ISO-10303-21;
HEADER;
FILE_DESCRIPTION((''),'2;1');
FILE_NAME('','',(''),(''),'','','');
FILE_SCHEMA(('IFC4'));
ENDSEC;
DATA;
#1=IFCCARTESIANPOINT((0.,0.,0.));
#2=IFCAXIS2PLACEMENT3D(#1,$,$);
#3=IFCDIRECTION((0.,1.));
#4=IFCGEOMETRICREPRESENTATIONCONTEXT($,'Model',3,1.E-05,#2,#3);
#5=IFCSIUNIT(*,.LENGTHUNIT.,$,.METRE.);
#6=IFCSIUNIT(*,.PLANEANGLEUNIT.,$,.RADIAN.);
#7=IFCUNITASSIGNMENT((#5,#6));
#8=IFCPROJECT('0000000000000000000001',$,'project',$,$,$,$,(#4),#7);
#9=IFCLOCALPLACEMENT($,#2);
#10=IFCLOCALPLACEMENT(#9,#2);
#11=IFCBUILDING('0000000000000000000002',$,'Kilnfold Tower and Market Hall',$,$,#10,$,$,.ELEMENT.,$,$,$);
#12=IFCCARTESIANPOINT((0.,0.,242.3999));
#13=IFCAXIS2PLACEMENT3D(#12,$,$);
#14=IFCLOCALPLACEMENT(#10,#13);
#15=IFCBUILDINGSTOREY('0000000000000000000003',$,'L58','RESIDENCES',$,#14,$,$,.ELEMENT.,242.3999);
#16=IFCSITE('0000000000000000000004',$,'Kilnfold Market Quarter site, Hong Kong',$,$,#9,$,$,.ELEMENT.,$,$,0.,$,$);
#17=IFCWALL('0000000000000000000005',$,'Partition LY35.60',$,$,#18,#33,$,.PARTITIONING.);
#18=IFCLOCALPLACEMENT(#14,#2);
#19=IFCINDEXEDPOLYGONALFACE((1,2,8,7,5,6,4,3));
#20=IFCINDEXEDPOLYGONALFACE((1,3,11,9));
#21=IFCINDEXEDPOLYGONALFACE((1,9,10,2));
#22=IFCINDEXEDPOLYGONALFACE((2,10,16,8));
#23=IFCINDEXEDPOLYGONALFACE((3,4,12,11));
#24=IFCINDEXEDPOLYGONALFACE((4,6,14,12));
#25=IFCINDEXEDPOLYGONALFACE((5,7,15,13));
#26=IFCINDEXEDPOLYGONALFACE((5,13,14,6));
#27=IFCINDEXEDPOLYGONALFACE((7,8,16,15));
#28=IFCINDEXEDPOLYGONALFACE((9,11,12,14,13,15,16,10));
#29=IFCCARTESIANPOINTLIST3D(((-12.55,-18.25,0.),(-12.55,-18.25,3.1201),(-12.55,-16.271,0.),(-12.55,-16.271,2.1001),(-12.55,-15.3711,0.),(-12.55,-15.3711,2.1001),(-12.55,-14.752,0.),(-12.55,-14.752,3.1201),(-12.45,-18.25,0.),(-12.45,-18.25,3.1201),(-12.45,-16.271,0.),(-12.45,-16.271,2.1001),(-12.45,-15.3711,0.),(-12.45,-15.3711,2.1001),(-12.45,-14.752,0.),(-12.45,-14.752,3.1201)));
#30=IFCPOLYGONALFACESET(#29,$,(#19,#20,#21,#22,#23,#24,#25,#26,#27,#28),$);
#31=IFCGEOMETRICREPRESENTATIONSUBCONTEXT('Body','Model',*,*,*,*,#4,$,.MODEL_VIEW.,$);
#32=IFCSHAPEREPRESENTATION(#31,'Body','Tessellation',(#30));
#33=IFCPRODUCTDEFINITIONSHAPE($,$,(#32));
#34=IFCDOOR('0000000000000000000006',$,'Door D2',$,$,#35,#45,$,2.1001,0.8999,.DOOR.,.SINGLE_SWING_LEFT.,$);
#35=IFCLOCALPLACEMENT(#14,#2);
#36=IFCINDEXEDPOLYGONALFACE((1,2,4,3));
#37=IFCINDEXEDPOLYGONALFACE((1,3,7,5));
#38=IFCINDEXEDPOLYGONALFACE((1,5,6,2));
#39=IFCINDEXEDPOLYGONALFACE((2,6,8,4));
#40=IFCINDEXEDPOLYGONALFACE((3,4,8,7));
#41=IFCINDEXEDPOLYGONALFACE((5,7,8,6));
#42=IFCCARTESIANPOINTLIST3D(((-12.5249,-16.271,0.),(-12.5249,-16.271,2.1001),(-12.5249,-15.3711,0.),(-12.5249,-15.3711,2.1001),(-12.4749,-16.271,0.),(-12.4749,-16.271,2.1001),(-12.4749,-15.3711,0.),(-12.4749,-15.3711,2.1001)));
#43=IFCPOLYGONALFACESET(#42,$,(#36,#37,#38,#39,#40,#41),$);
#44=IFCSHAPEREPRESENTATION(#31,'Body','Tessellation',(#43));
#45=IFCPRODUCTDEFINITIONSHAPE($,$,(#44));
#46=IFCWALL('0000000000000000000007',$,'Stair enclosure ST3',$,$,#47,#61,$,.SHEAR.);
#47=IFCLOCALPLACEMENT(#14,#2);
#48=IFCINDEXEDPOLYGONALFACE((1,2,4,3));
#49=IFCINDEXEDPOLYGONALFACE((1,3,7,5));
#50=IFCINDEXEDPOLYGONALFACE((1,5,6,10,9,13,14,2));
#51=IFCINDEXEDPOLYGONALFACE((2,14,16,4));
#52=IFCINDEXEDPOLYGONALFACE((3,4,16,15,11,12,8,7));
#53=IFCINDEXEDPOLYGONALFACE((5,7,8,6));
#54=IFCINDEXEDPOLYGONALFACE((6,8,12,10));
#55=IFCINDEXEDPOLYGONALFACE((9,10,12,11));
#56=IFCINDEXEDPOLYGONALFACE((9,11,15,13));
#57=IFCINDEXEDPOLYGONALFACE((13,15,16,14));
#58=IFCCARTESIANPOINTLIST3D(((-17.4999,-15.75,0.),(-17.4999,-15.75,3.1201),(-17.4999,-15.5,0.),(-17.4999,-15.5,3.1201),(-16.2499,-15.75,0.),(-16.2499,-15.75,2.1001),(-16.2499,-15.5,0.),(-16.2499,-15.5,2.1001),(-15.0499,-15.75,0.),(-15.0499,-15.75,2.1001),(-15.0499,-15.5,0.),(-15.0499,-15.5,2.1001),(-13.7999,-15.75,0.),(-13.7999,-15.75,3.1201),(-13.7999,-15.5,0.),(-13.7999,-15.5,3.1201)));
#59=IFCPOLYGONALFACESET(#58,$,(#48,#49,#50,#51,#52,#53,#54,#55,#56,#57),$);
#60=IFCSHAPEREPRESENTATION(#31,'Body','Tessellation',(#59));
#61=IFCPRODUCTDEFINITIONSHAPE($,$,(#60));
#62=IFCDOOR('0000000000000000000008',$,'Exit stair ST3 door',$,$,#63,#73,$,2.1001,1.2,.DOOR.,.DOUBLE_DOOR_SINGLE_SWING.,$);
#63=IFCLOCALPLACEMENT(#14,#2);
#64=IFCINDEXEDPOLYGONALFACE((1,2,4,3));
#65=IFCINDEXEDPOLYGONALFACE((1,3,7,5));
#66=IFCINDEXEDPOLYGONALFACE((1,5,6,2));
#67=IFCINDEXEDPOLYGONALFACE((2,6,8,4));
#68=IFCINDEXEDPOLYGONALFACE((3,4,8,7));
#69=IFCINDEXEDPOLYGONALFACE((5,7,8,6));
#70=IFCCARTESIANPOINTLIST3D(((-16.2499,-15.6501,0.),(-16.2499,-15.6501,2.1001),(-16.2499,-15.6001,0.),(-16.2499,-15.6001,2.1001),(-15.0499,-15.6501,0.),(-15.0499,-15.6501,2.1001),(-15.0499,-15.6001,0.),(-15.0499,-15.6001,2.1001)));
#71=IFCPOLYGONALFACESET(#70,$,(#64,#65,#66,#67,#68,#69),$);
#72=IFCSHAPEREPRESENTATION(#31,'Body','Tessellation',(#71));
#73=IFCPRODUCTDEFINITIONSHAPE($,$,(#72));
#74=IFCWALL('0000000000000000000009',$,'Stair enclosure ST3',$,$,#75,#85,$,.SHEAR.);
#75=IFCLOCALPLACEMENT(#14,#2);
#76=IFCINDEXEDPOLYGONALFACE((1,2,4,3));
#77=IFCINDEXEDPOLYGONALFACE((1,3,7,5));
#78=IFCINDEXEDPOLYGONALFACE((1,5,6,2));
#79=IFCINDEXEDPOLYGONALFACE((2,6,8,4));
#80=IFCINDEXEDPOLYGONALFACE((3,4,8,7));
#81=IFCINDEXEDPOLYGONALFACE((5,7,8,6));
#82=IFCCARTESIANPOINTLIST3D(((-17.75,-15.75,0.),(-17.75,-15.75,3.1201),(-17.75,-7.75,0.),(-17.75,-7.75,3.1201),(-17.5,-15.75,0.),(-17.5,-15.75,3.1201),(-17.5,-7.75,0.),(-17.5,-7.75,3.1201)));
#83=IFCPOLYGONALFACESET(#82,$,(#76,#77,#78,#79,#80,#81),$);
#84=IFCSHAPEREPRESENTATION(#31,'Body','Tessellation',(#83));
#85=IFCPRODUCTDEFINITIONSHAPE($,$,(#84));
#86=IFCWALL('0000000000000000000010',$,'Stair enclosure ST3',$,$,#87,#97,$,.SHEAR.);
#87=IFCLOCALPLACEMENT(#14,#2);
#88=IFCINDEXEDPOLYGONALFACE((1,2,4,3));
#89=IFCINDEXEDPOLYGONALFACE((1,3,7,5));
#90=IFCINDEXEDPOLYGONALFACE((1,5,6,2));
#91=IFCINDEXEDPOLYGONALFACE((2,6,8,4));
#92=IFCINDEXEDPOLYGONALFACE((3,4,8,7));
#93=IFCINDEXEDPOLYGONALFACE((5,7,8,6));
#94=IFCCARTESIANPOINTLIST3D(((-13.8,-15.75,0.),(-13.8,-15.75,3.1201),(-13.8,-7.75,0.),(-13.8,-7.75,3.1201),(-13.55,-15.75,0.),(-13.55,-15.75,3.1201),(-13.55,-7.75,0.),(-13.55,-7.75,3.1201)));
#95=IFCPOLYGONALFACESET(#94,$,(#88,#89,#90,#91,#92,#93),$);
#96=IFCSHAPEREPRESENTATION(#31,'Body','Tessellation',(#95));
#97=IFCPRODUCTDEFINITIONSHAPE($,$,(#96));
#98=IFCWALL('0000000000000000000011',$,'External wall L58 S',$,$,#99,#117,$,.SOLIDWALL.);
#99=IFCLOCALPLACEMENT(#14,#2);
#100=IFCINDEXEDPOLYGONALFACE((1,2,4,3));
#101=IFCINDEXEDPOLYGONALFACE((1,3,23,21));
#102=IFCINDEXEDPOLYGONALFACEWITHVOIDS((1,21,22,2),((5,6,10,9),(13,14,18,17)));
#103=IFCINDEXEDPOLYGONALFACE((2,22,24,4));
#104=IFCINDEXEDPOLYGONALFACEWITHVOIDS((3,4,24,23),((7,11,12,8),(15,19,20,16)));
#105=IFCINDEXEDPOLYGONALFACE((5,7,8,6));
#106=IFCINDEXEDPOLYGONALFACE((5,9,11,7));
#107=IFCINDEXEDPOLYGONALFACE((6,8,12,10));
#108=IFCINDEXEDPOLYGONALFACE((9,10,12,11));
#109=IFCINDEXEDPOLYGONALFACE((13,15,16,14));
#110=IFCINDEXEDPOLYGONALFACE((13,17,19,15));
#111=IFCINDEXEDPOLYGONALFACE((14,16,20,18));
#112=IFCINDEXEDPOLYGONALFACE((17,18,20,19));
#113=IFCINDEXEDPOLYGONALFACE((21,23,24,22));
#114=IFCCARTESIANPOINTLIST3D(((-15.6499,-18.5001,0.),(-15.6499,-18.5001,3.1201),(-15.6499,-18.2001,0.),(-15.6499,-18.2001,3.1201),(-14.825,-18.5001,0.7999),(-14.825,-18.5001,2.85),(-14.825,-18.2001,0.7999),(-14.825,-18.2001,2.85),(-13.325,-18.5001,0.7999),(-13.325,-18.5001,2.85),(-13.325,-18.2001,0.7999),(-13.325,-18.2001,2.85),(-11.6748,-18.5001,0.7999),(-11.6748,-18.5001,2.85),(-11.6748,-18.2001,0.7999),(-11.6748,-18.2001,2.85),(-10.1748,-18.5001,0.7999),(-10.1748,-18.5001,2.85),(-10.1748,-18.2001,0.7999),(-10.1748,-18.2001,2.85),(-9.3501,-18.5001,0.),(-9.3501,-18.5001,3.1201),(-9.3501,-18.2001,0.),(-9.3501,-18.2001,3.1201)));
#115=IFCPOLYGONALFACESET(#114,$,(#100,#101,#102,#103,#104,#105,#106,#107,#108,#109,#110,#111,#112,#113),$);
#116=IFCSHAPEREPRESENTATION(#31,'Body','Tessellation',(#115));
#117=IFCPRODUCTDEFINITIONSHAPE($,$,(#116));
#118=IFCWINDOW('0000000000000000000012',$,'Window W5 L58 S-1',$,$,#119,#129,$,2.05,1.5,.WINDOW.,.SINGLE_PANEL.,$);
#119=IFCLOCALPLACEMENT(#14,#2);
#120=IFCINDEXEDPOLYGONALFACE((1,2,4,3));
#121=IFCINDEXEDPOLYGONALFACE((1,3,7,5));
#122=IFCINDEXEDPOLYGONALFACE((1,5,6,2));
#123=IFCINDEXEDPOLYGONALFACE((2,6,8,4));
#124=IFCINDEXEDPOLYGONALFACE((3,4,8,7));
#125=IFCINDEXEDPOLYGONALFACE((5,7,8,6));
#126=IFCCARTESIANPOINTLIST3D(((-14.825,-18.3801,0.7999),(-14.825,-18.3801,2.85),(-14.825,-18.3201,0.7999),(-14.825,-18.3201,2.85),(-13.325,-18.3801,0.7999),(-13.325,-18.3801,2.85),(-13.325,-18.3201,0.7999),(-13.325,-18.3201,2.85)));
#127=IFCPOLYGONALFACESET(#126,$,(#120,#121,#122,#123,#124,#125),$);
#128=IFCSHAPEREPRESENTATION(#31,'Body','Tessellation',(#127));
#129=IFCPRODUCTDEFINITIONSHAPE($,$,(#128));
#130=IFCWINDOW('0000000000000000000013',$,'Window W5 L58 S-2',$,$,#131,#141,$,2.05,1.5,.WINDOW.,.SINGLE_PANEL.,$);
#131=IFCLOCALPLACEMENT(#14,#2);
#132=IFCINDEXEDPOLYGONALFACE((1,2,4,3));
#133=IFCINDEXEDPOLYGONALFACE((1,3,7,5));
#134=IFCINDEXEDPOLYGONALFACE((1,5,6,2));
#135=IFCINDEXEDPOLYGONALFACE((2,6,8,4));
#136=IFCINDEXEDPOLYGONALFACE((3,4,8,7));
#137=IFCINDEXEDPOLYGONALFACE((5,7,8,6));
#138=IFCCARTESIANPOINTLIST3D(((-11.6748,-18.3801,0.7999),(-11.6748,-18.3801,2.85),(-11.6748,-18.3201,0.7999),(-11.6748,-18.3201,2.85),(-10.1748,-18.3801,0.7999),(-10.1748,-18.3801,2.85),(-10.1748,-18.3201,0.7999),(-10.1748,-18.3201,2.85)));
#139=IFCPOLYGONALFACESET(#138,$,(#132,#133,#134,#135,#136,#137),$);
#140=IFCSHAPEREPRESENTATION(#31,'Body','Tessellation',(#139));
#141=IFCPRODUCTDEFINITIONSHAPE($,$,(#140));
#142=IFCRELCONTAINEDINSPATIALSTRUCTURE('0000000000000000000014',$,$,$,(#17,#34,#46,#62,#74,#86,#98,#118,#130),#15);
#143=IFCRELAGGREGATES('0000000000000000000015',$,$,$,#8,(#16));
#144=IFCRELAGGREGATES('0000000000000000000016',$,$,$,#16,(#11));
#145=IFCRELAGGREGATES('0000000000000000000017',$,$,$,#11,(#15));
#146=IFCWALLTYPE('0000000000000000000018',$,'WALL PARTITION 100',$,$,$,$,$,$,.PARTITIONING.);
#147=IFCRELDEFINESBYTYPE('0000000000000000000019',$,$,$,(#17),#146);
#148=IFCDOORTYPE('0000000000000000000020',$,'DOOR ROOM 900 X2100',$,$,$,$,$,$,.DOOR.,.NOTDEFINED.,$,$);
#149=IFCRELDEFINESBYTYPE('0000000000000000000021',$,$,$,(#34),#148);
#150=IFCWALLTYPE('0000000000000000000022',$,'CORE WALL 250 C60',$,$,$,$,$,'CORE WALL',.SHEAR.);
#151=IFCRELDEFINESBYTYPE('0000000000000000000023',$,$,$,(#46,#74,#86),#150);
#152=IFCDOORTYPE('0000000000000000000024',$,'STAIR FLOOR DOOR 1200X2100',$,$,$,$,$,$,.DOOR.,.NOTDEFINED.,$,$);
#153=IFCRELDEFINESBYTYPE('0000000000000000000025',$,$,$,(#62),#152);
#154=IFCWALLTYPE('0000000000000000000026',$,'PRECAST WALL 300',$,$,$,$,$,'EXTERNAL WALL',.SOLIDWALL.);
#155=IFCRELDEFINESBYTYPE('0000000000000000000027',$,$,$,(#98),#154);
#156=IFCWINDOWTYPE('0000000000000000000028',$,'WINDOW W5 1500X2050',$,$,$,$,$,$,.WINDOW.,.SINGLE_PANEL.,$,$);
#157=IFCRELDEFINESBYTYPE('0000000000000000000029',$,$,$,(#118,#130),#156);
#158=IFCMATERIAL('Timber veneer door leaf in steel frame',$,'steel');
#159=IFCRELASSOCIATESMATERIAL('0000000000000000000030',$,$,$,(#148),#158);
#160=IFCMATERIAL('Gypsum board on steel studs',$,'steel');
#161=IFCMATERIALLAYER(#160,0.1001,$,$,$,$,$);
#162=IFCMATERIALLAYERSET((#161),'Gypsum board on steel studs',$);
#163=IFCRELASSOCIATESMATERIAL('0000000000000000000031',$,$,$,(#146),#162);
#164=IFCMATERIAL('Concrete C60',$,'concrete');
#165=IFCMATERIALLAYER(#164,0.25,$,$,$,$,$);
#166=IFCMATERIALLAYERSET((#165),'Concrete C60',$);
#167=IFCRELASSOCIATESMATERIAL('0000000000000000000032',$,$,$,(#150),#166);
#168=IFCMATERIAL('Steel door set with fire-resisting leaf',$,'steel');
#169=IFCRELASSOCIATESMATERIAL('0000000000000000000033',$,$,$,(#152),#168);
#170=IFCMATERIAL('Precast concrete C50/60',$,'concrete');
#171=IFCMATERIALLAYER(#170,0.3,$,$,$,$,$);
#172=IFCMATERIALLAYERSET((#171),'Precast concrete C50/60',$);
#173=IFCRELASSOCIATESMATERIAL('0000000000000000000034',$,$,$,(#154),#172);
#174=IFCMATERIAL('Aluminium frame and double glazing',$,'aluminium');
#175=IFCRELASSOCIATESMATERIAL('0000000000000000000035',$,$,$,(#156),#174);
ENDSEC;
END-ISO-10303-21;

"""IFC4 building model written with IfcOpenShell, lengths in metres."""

from ifc_helpers import new_model, si_unit, direction, frame, frame_2d, origin, place, context, subcontext, project, spatial, rectangle, extrude, source, transform, mapped, material, layer, layer_set, type_object, element, fill, save


model = new_model("IFC4")

# Units and contexts
model_context = context("Model", 3, precision=1e-05, world=origin(), true_north=direction((0.0, 1.0)))
body_context = subcontext(model_context, "Body", "Model", "MODEL_VIEW")
ifc_project = project(units=[si_unit("LENGTHUNIT", "METRE"), si_unit("PLANEANGLEUNIT", "RADIAN")], contexts=[model_context])

# Site, building, storey
site_placement = place(None, origin())
site = spatial("IfcSite", under=ifc_project, at=site_placement, Name="Kilnfold Market Quarter site, Hong Kong", CompositionType="ELEMENT", RefElevation=0.0)
building_placement = place(site_placement, origin())
building = spatial("IfcBuilding", under=site, at=building_placement, Name="Kilnfold Tower and Market Hall", CompositionType="ELEMENT")
storey_placement = place(building_placement, frame((0.0, 0.0, 242.3999)))
storey = spatial("IfcBuildingStorey", under=building, at=storey_placement, Name="L58", Description="RESIDENCES", CompositionType="ELEMENT", Elevation=242.3999)

# Shared definitions
ifc_material_1 = material(Name="Timber veneer door leaf in steel frame", Category="steel")
door_type_1 = type_object("IfcDoorType", Name="DOOR ROOM 900 X2100", OperationType="NOTDEFINED", PredefinedType="DOOR", material=ifc_material_1)

# Shared definitions
ifc_material_2 = material(Name="Gypsum board on steel studs", Category="steel")
ifc_layer_1 = layer(ifc_material_2, 0.1001)
ifc_layer_set_1 = layer_set([ifc_layer_1], Name="Gypsum board on steel studs")
wall_type_1 = type_object("IfcWallType", Name="WALL PARTITION 100", PredefinedType="PARTITIONING", material=ifc_layer_set_1)

# Walls, openings, doors
wall_1_placement = place(storey_placement, frame((-12.5, -18.25, 0.0), z_axis=(0.0, 0.0, 1.0), x_axis=(0.0, 1.0, 0.0)))
wall_1 = element("IfcWall", 1, at=wall_1_placement, inside=storey, type_object=wall_type_1, Name="Partition LY35.60", PredefinedType="PARTITIONING", context=body_context, shape_type="SweptSolid", body=[
    extrude(rectangle(XDim=3.498, YDim=0.1001, at=frame_2d((1.749, 0.0))), origin(), (0.0, 0.0, 1.0), 3.1201),
])
opening_1_placement = place(wall_1_placement, frame((1.979, 0.0, 0.0)))
opening_1 = element("IfcOpeningElement", 2, at=opening_1_placement, cuts=wall_1, PredefinedType="OPENING", context=body_context, shape_type="SweptSolid", body=[
    extrude(rectangle(XDim=0.8999, YDim=2.1001, at=frame_2d((0.45, 1.05))), frame((0.0, 0.0601, 0.0), z_axis=(0.0, -1.0, 0.0), x_axis=(1.0, 0.0, 0.0)), (0.0, 0.0, 1.0), 0.1201),
])
door_1_placement = place(opening_1_placement, origin())
door_1 = element("IfcDoor", 3, at=door_1_placement, inside=storey, type_object=door_type_1, Name="Door D2", OperationType="SINGLE_SWING_LEFT", OverallHeight=2.1001, OverallWidth=0.8999, PredefinedType="DOOR", context=body_context, shape_type="SweptSolid", body=[
    extrude(rectangle(XDim=0.8999, YDim=2.1001, at=frame_2d((0.45, 1.05))), frame((0.0, 0.0249, 0.0), z_axis=(0.0, -1.0, 0.0), x_axis=(1.0, 0.0, 0.0)), (0.0, 0.0, 1.0), 0.05),
])
fill(opening_1, door_1)
ifc_material_3 = material(Name="Concrete C60", Category="concrete")
ifc_layer_2 = layer(ifc_material_3, 0.25)
ifc_layer_set_2 = layer_set([ifc_layer_2], Name="Concrete C60")
wall_type_2 = type_object("IfcWallType", Name="CORE WALL 250 C60", ElementType="CORE WALL", PredefinedType="SHEAR", material=ifc_layer_set_2)
shared_shape_1 = source(origin(), body_context, "Body", "SweptSolid", [
    extrude(rectangle(XDim=3.7, YDim=0.25, at=frame_2d((1.8501, 0.0))), origin(), (0.0, 0.0, 1.0), 3.1201),
])
wall_2_placement = place(storey_placement, frame((-17.5, -15.625, 0.0), z_axis=(0.0, 0.0, 1.0), x_axis=(1.0, 0.0, 0.0)))
wall_2 = element("IfcWall", 4, at=wall_2_placement, inside=storey, type_object=wall_type_2, Name="Stair enclosure ST3", PredefinedType="SHEAR", context=body_context, shape_type="MappedRepresentation", body=[
    mapped(shared_shape_1, transform((0.0, 0.0, 0.0))),
])
opening_2_placement = place(wall_2_placement, frame((1.25, 0.0, 0.0)))
opening_2 = element("IfcOpeningElement", 5, at=opening_2_placement, cuts=wall_2, PredefinedType="OPENING", context=body_context, shape_type="SweptSolid", body=[
    extrude(rectangle(XDim=1.2, YDim=2.1001, at=frame_2d((0.6001, 1.05))), frame((0.0, 0.135, 0.0), z_axis=(0.0, -1.0, 0.0), x_axis=(1.0, 0.0, 0.0)), (0.0, 0.0, 1.0), 0.27),
])
ifc_material_4 = material(Name="Steel door set with fire-resisting leaf", Category="steel")
door_type_2 = type_object("IfcDoorType", Name="STAIR FLOOR DOOR 1200X2100", OperationType="NOTDEFINED", PredefinedType="DOOR", material=ifc_material_4)
door_2_placement = place(opening_2_placement, origin())
door_2 = element("IfcDoor", 6, at=door_2_placement, inside=storey, type_object=door_type_2, Name="Exit stair ST3 door", OperationType="DOUBLE_DOOR_SINGLE_SWING", OverallHeight=2.1001, OverallWidth=1.2, PredefinedType="DOOR", context=body_context, shape_type="SweptSolid", body=[
    extrude(rectangle(XDim=1.2, YDim=2.1001, at=frame_2d((0.6001, 1.05))), frame((0.0, 0.0249, 0.0), z_axis=(0.0, -1.0, 0.0), x_axis=(1.0, 0.0, 0.0)), (0.0, 0.0, 1.0), 0.05),
])
fill(opening_2, door_2)

# Walls
shared_shape_2 = source(origin(), body_context, "Body", "SweptSolid", [
    extrude(rectangle(XDim=8.0, YDim=0.25, at=frame_2d((4.0, 0.0))), origin(), (0.0, 0.0, 1.0), 3.1201),
])
for number, where, z_axis, x_axis, name in (
    (7, (-17.625, -15.75, 0.0), (0.0, 0.0, 1.0), (0.0, 1.0, 0.0), "Stair enclosure ST3"),
    (8, (-13.675, -15.75, 0.0), (0.0, 0.0, 1.0), (0.0, 1.0, 0.0), "Stair enclosure ST3"),
):
    element("IfcWall", number, at=place(storey_placement, frame(where, z_axis=z_axis, x_axis=x_axis)), inside=storey, type_object=wall_type_2, Name=name, PredefinedType="SHEAR", context=body_context, shape_type="MappedRepresentation", body=[
        mapped(shared_shape_2, transform((0.0, 0.0, 0.0))),
    ])

# Wall, openings, windows
ifc_material_5 = material(Name="Precast concrete C50/60", Category="concrete")
ifc_layer_3 = layer(ifc_material_5, 0.3)
ifc_layer_set_3 = layer_set([ifc_layer_3], Name="Precast concrete C50/60")
wall_type_3 = type_object("IfcWallType", Name="PRECAST WALL 300", ElementType="EXTERNAL WALL", PredefinedType="SOLIDWALL", material=ifc_layer_set_3)
shared_shape_3 = source(origin(), body_context, "Body", "SweptSolid", [
    extrude(rectangle(XDim=6.2998, YDim=0.3, at=frame_2d((3.1499, 0.0))), origin(), (0.0, 0.0, 1.0), 3.1201),
])
wall_3_placement = place(storey_placement, frame((-15.6499, -18.3501, 0.0), z_axis=(0.0, 0.0, 1.0), x_axis=(1.0, 0.0, 0.0)))
wall_3 = element("IfcWall", 9, at=wall_3_placement, inside=storey, type_object=wall_type_3, Name="External wall L58 S", PredefinedType="SOLIDWALL", context=body_context, shape_type="MappedRepresentation", body=[
    mapped(shared_shape_3, transform((0.0, 0.0, 0.0))),
])
opening_3_placement = place(wall_3_placement, frame((0.825, 0.0, 0.8)))
opening_3 = element("IfcOpeningElement", 10, at=opening_3_placement, cuts=wall_3, PredefinedType="OPENING", context=body_context, shape_type="SweptSolid", body=[
    extrude(rectangle(XDim=1.5, YDim=2.05, at=frame_2d((0.75, 1.0249))), frame((0.0, 0.1602, 0.0), z_axis=(0.0, -1.0, 0.0), x_axis=(1.0, 0.0, 0.0)), (0.0, 0.0, 1.0), 0.3201),
])
opening_4_placement = place(wall_3_placement, frame((3.9751, 0.0, 0.8)))
opening_4 = element("IfcOpeningElement", 11, at=opening_4_placement, cuts=wall_3, PredefinedType="OPENING", context=body_context, shape_type="SweptSolid", body=[
    extrude(rectangle(XDim=1.5, YDim=2.05, at=frame_2d((0.75, 1.0249))), frame((0.0, 0.1602, 0.0), z_axis=(0.0, -1.0, 0.0), x_axis=(1.0, 0.0, 0.0)), (0.0, 0.0, 1.0), 0.3201),
])
ifc_material_6 = material(Name="Aluminium frame and double glazing", Category="aluminium")
window_type_1 = type_object("IfcWindowType", Name="WINDOW W5 1500X2050", PartitioningType="SINGLE_PANEL", PredefinedType="WINDOW", material=ifc_material_6)
window_1_placement = place(opening_3_placement, origin())
window_1 = element("IfcWindow", 12, at=window_1_placement, inside=storey, type_object=window_type_1, Name="Window W5 L58 S-1", OverallHeight=2.05, OverallWidth=1.5, PartitioningType="SINGLE_PANEL", PredefinedType="WINDOW", context=body_context, shape_type="SweptSolid", body=[
    extrude(rectangle(XDim=1.5, YDim=2.05, at=frame_2d((0.75, 1.0249))), frame((0.0, 0.03, 0.0), z_axis=(0.0, -1.0, 0.0), x_axis=(1.0, 0.0, 0.0)), (0.0, 0.0, 1.0), 0.0601),
])
fill(opening_3, window_1)
window_2_placement = place(opening_4_placement, origin())
window_2 = element("IfcWindow", 13, at=window_2_placement, inside=storey, type_object=window_type_1, Name="Window W5 L58 S-2", OverallHeight=2.05, OverallWidth=1.5, PartitioningType="SINGLE_PANEL", PredefinedType="WINDOW", context=body_context, shape_type="SweptSolid", body=[
    extrude(rectangle(XDim=1.5, YDim=2.05, at=frame_2d((0.75, 1.0249))), frame((0.0, 0.03, 0.0), z_axis=(0.0, -1.0, 0.0), x_axis=(1.0, 0.0, 0.0)), (0.0, 0.0, 1.0), 0.0601),
])
fill(opening_4, window_2)

save(model, "model.ifc")
